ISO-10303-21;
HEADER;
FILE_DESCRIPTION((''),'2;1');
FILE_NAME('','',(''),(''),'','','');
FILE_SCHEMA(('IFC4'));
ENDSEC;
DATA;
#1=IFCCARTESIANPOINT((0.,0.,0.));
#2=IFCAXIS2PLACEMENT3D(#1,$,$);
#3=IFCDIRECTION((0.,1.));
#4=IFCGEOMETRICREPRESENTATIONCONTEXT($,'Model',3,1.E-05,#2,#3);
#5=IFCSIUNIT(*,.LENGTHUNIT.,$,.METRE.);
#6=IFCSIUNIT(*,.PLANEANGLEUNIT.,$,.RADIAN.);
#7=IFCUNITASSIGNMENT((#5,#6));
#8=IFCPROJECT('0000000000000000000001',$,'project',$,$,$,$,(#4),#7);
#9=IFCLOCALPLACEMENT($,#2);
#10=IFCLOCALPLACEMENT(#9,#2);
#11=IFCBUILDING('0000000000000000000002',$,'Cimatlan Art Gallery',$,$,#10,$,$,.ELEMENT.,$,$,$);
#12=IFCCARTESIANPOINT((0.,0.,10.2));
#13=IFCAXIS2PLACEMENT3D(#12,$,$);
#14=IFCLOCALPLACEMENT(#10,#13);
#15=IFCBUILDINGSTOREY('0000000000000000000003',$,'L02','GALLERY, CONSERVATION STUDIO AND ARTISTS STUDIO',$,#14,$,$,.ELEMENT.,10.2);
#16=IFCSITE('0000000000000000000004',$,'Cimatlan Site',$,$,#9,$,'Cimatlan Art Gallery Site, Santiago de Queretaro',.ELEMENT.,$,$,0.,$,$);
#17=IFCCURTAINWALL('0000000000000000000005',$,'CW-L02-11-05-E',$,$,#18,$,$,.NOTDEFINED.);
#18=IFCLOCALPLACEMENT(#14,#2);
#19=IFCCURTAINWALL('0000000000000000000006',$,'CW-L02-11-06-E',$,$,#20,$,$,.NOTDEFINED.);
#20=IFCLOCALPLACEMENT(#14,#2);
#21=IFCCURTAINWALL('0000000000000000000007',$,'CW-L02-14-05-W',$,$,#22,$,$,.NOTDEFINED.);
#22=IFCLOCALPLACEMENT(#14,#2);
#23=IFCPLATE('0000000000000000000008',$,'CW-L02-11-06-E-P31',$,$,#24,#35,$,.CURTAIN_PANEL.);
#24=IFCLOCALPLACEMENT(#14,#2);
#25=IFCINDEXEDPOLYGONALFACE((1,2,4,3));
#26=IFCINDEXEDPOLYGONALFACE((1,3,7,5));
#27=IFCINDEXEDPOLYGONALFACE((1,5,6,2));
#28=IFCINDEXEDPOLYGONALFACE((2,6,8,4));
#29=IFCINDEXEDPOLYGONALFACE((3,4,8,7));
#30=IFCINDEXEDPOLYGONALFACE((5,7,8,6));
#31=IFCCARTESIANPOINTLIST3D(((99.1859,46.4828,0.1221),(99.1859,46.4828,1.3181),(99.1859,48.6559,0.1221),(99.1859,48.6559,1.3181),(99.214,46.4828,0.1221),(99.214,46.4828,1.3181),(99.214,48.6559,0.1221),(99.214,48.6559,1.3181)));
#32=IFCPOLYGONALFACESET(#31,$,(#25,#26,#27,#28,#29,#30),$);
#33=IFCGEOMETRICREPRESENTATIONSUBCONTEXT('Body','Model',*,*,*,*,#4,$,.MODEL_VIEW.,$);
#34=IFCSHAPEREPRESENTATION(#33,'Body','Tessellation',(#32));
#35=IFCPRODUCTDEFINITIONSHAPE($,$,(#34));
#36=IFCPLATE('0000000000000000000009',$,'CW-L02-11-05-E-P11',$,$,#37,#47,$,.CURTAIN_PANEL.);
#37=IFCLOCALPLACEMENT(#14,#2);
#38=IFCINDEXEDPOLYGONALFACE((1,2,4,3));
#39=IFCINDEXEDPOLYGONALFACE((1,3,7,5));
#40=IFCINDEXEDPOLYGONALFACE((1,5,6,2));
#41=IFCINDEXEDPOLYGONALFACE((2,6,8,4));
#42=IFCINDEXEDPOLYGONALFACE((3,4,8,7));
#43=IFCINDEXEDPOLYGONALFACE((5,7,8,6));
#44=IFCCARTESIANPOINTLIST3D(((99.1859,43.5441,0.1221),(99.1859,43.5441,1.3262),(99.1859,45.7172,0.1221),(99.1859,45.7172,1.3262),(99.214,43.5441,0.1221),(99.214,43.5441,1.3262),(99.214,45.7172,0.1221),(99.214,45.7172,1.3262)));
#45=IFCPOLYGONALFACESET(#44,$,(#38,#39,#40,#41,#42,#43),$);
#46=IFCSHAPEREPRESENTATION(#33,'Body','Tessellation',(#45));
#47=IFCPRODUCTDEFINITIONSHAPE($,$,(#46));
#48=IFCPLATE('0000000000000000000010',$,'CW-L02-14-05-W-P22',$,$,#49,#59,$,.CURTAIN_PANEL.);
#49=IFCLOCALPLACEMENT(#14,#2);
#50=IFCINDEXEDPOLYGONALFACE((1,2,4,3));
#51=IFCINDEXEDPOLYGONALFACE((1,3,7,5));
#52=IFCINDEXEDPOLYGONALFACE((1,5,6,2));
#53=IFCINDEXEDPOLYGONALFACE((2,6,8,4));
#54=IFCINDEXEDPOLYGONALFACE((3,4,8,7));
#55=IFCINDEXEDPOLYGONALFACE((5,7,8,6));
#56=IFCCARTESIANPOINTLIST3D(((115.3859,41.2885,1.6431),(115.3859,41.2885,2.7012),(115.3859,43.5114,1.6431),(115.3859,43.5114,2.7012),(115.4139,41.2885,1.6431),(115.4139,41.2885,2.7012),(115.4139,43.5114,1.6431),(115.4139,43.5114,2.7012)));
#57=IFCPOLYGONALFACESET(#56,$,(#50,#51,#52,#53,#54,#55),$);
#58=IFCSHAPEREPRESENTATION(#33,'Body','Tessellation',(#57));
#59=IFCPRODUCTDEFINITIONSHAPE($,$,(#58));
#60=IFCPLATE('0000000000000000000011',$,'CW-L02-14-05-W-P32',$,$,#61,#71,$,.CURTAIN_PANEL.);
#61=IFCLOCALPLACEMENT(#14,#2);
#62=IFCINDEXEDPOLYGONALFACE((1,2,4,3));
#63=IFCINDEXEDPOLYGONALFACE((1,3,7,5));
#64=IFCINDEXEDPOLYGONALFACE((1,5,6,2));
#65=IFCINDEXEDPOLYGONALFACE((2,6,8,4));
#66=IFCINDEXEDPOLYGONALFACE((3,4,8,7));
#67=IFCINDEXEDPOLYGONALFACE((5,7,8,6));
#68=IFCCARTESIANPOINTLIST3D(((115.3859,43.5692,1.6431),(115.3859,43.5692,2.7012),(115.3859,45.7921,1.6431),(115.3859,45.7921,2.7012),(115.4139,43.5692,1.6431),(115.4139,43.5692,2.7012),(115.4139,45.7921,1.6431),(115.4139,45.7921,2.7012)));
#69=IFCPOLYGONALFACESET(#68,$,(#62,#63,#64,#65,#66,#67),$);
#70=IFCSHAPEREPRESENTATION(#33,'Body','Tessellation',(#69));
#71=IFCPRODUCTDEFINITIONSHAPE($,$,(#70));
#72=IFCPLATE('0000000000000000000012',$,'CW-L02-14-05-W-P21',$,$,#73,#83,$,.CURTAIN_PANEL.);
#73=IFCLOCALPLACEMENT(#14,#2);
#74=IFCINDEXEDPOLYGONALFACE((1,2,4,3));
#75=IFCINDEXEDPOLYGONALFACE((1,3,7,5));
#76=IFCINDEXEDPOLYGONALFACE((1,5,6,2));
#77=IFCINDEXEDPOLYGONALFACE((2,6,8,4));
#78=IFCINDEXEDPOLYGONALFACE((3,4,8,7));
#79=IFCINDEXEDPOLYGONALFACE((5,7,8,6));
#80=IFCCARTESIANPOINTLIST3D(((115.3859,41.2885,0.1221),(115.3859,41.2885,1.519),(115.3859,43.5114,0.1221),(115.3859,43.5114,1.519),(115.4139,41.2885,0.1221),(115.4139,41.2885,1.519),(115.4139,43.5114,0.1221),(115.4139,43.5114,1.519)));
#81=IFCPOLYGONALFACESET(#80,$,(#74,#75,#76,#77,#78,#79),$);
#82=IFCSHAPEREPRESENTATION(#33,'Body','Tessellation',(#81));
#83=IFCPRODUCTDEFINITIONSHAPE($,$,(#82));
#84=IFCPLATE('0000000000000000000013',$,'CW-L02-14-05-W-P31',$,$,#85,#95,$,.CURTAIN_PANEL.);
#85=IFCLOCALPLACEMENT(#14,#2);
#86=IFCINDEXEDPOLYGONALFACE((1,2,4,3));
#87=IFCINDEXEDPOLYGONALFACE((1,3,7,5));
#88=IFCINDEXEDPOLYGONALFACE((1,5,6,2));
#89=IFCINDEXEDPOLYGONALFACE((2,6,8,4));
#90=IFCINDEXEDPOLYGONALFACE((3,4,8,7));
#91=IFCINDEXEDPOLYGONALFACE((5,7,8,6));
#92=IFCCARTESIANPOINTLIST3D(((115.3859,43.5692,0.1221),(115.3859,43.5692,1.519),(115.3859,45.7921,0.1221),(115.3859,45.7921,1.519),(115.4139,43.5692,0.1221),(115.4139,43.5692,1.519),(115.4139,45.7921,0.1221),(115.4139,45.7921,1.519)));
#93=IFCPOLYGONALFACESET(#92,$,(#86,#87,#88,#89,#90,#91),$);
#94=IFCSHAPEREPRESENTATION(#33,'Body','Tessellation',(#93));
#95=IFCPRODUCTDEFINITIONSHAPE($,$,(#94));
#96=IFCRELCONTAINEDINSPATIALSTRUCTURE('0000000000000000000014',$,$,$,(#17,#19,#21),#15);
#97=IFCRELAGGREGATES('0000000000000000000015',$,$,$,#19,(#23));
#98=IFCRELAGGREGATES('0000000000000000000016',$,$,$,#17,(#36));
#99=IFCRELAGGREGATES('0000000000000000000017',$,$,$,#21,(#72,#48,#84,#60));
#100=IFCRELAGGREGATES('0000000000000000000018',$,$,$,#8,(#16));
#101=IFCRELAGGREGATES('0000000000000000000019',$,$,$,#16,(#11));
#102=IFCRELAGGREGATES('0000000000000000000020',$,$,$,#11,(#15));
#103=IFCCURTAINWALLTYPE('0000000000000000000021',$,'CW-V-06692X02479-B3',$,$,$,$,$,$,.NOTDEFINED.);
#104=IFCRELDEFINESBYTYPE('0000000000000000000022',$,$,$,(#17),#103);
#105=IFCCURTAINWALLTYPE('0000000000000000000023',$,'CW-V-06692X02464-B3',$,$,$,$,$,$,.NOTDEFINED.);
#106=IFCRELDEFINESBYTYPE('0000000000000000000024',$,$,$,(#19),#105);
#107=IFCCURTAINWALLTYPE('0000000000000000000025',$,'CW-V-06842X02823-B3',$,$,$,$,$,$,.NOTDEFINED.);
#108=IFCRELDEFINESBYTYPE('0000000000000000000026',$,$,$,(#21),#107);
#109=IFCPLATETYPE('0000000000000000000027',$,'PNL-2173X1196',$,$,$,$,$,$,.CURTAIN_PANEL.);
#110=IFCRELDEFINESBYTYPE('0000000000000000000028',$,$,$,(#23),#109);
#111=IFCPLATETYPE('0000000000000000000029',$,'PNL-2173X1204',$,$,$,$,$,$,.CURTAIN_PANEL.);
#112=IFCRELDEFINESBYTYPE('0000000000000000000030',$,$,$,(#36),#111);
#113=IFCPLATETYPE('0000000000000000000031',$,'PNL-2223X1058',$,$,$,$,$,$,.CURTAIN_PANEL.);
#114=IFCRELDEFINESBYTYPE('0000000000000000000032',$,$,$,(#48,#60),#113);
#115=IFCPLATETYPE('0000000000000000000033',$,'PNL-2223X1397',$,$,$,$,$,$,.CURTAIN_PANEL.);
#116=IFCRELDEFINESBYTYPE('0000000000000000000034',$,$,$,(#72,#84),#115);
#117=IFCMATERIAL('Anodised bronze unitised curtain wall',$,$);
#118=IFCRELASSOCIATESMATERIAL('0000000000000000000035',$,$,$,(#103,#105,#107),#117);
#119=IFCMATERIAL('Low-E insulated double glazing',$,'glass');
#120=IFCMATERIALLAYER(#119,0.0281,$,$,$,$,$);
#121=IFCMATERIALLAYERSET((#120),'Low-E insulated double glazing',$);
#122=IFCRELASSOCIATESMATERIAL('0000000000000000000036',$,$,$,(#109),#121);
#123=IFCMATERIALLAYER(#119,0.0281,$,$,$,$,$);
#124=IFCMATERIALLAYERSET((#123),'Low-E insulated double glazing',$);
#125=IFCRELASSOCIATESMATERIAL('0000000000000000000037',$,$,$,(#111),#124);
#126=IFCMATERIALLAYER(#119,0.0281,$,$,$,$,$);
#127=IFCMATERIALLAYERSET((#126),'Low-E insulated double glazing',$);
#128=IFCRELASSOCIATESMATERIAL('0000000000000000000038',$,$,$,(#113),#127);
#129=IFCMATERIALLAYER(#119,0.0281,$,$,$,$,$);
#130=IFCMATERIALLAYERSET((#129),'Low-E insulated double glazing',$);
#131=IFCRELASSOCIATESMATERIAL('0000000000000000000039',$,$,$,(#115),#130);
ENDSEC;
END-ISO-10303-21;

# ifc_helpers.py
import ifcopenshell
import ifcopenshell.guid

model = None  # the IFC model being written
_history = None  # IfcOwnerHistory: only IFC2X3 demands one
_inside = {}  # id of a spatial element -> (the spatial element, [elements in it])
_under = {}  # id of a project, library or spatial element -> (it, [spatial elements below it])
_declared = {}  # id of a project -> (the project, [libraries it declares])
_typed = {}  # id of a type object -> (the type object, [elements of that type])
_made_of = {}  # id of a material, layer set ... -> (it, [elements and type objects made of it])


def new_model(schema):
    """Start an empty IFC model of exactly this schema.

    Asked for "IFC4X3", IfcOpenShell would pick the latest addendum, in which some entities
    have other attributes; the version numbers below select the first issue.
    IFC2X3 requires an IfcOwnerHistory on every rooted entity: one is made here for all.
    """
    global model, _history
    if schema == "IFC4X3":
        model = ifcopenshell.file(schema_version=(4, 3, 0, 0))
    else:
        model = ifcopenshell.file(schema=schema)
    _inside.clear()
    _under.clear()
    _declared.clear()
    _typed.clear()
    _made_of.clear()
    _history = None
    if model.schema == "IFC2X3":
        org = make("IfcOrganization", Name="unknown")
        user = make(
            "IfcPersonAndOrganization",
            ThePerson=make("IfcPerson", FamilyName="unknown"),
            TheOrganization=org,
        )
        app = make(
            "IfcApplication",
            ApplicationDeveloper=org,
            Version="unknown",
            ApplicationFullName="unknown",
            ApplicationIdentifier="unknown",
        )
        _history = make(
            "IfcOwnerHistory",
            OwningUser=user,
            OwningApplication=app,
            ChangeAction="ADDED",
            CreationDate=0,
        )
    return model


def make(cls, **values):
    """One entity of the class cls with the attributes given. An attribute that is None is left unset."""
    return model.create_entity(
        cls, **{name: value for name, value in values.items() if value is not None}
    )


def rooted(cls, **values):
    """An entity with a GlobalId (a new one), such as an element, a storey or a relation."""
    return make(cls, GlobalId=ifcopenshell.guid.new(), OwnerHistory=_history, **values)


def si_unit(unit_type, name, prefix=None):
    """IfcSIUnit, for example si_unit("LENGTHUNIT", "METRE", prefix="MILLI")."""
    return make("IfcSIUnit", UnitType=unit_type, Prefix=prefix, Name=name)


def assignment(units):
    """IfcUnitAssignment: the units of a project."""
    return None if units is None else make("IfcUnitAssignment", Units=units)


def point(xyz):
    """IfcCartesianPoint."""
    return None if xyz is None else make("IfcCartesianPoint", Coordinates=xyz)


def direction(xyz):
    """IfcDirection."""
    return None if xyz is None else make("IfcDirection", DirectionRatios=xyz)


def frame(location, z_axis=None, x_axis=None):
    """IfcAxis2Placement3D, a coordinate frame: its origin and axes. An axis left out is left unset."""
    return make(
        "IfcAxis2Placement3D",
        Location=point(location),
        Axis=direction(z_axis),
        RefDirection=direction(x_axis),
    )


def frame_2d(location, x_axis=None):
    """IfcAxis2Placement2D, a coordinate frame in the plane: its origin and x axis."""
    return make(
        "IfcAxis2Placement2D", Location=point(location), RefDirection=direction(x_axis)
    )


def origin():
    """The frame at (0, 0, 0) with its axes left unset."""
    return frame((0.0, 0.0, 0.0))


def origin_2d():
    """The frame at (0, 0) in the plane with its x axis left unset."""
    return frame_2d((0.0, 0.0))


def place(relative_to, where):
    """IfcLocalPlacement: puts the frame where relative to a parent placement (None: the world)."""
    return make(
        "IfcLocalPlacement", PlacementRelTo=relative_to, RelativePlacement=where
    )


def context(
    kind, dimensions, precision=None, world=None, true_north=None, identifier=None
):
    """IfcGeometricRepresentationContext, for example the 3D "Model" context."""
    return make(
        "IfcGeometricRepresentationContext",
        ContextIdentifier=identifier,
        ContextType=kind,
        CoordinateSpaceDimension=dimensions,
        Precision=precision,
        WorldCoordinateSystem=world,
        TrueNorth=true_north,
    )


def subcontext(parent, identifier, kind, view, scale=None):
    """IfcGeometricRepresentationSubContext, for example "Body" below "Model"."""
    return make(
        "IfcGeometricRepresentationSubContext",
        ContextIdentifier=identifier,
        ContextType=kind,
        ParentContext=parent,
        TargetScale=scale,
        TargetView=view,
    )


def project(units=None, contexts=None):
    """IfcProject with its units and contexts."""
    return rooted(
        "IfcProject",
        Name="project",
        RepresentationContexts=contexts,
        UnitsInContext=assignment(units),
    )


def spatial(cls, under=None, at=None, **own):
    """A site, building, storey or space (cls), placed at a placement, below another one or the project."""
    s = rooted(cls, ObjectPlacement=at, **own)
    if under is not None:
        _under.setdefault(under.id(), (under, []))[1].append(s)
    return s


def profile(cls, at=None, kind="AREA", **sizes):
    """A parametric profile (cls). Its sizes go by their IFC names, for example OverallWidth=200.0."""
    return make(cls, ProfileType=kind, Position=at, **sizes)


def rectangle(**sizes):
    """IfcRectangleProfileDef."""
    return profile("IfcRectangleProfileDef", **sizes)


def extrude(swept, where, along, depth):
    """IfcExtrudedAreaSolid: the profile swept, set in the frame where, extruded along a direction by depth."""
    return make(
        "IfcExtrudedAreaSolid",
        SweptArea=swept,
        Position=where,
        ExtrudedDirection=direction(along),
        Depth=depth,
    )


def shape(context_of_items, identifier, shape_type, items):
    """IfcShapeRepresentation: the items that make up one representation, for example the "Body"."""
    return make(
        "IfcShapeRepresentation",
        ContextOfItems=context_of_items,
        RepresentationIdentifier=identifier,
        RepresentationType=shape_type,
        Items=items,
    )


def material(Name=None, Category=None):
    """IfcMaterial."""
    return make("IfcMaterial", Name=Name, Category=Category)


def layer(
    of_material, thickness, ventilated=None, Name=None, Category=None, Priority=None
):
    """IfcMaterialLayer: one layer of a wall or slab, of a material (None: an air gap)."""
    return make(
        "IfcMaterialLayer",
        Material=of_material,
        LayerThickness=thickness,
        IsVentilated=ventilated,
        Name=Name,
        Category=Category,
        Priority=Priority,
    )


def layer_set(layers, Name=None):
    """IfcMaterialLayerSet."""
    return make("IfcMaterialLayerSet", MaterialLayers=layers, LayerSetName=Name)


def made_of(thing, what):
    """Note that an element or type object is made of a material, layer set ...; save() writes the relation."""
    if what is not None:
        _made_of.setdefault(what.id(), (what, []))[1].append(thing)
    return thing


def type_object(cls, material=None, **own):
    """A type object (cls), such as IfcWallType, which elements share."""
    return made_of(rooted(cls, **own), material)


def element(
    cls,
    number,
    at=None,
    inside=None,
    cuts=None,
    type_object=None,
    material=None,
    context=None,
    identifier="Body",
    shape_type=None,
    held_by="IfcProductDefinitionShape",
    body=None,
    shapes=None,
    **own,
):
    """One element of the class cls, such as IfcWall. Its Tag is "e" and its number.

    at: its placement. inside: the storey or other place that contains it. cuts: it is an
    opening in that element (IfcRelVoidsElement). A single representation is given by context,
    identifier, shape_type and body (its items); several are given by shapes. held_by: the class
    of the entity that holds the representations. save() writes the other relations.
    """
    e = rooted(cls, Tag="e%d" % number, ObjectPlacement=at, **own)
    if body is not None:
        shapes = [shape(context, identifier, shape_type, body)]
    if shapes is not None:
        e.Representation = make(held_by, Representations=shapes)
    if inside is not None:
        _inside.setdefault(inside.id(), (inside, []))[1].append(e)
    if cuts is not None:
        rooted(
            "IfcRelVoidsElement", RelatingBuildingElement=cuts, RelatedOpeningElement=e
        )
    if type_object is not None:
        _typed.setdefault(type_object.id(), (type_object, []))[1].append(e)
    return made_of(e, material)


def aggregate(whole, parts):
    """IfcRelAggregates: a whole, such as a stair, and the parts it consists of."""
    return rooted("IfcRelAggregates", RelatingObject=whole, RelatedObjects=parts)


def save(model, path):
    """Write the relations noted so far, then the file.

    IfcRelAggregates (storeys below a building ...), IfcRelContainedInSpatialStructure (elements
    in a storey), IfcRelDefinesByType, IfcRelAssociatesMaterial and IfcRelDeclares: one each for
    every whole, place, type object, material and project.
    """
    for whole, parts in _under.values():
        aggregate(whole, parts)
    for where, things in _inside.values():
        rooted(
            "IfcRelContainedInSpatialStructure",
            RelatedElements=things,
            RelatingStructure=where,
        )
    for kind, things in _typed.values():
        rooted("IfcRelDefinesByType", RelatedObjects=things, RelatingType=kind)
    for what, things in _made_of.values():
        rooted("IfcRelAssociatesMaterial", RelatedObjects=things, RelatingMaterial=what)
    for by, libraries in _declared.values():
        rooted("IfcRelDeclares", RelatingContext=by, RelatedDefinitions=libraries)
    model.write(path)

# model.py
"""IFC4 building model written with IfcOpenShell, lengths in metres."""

from ifc_helpers import new_model, si_unit, direction, frame, origin, origin_2d, place, context, subcontext, project, spatial, rectangle, extrude, material, layer, layer_set, type_object, element, aggregate, save


model = new_model("IFC4")

# Units and contexts
model_context = context("Model", 3, precision=1e-05, world=origin(), true_north=direction((0.0, 1.0)))
body_context = subcontext(model_context, "Body", "Model", "MODEL_VIEW")
ifc_project = project(units=[si_unit("LENGTHUNIT", "METRE"), si_unit("PLANEANGLEUNIT", "RADIAN")], contexts=[model_context])

# Site, building, storey
site_placement = place(None, origin())
site = spatial("IfcSite", under=ifc_project, at=site_placement, Name="Cimatlan Site", LongName="Cimatlan Art Gallery Site, Santiago de Queretaro", CompositionType="ELEMENT", RefElevation=0.0)
building_placement = place(site_placement, origin())
building = spatial("IfcBuilding", under=site, at=building_placement, Name="Cimatlan Art Gallery", CompositionType="ELEMENT")
storey_placement = place(building_placement, frame((0.0, 0.0, 10.2)))
storey = spatial("IfcBuildingStorey", under=building, at=storey_placement, Name="L02", Description="GALLERY, CONSERVATION STUDIO AND ARTISTS STUDIO", CompositionType="ELEMENT", Elevation=10.2)

# Curtain walls
ifc_material_1 = material(Name="Anodised bronze unitised curtain wall")
curtain_wall_type_1 = type_object("IfcCurtainWallType", Name="CW-V-06692X02479-B3", PredefinedType="NOTDEFINED", material=ifc_material_1)
curtain_wall_1_placement = place(storey_placement, origin())
curtain_wall_1 = element("IfcCurtainWall", 1, at=curtain_wall_1_placement, inside=storey, type_object=curtain_wall_type_1, Name="CW-L02-11-05-E", PredefinedType="NOTDEFINED")
curtain_wall_type_2 = type_object("IfcCurtainWallType", Name="CW-V-06692X02464-B3", PredefinedType="NOTDEFINED", material=ifc_material_1)
curtain_wall_2_placement = place(storey_placement, origin())
curtain_wall_2 = element("IfcCurtainWall", 2, at=curtain_wall_2_placement, inside=storey, type_object=curtain_wall_type_2, Name="CW-L02-11-06-E", PredefinedType="NOTDEFINED")
curtain_wall_type_3 = type_object("IfcCurtainWallType", Name="CW-V-06842X02823-B3", PredefinedType="NOTDEFINED", material=ifc_material_1)
curtain_wall_3_placement = place(storey_placement, origin())
curtain_wall_3 = element("IfcCurtainWall", 3, at=curtain_wall_3_placement, inside=storey, type_object=curtain_wall_type_3, Name="CW-L02-14-05-W", PredefinedType="NOTDEFINED")

# Plates
ifc_material_2 = material(Name="Low-E insulated double glazing", Category="glass")
ifc_layer_1 = layer(ifc_material_2, 0.0281)
ifc_layer_set_1 = layer_set([ifc_layer_1], Name="Low-E insulated double glazing")
plate_type_1 = type_object("IfcPlateType", Name="PNL-2173X1196", PredefinedType="CURTAIN_PANEL", material=ifc_layer_set_1)
plate_1_placement = place(storey_placement, frame((99.2, 47.5693, 0.1221), z_axis=(0.0, 0.0, 1.0), x_axis=(0.0, -1.0, 0.0)))
plate_1 = element("IfcPlate", 4, at=plate_1_placement, type_object=plate_type_1, Name="CW-L02-11-06-E-P31", PredefinedType="CURTAIN_PANEL", context=body_context, shape_type="SweptSolid", body=[
    extrude(rectangle(XDim=2.1731, YDim=0.0281, at=origin_2d()), origin(), (0.0, 0.0, 1.0), 1.196),
])
aggregate(curtain_wall_2, [plate_1])
ifc_layer_2 = layer(ifc_material_2, 0.0281)
ifc_layer_set_2 = layer_set([ifc_layer_2], Name="Low-E insulated double glazing")
plate_type_2 = type_object("IfcPlateType", Name="PNL-2173X1204", PredefinedType="CURTAIN_PANEL", material=ifc_layer_set_2)
plate_2_placement = place(storey_placement, frame((99.2, 44.6306, 0.1221), z_axis=(0.0, 0.0, 1.0), x_axis=(0.0, -1.0, 0.0)))
plate_2 = element("IfcPlate", 5, at=plate_2_placement, type_object=plate_type_2, Name="CW-L02-11-05-E-P11", PredefinedType="CURTAIN_PANEL", context=body_context, shape_type="SweptSolid", body=[
    extrude(rectangle(XDim=2.1731, YDim=0.0281, at=origin_2d()), origin(), (0.0, 0.0, 1.0), 1.2041),
])
aggregate(curtain_wall_1, [plate_2])
ifc_layer_3 = layer(ifc_material_2, 0.0281)
ifc_layer_set_3 = layer_set([ifc_layer_3], Name="Low-E insulated double glazing")
plate_type_3 = type_object("IfcPlateType", Name="PNL-2223X1058", PredefinedType="CURTAIN_PANEL", material=ifc_layer_set_3)
plate_3_placement = place(storey_placement, frame((115.3999, 42.3999, 1.6431), z_axis=(0.0, 0.0, 1.0), x_axis=(0.0, 1.0, 0.0)))
plate_3 = element("IfcPlate", 6, at=plate_3_placement, type_object=plate_type_3, Name="CW-L02-14-05-W-P22", PredefinedType="CURTAIN_PANEL", context=body_context, shape_type="SweptSolid", body=[
    extrude(rectangle(XDim=2.2229, YDim=0.0281, at=origin_2d()), origin(), (0.0, 0.0, 1.0), 1.0581),
])
plate_4_placement = place(storey_placement, frame((115.3999, 44.6807, 1.6431), z_axis=(0.0, 0.0, 1.0), x_axis=(0.0, 1.0, 0.0)))
plate_4 = element("IfcPlate", 7, at=plate_4_placement, type_object=plate_type_3, Name="CW-L02-14-05-W-P32", PredefinedType="CURTAIN_PANEL", context=body_context, shape_type="SweptSolid", body=[
    extrude(rectangle(XDim=2.2229, YDim=0.0281, at=origin_2d()), origin(), (0.0, 0.0, 1.0), 1.0581),
])
ifc_layer_4 = layer(ifc_material_2, 0.0281)
ifc_layer_set_4 = layer_set([ifc_layer_4], Name="Low-E insulated double glazing")
plate_type_4 = type_object("IfcPlateType", Name="PNL-2223X1397", PredefinedType="CURTAIN_PANEL", material=ifc_layer_set_4)
plate_5_placement = place(storey_placement, frame((115.3999, 42.3999, 0.1221), z_axis=(0.0, 0.0, 1.0), x_axis=(0.0, 1.0, 0.0)))
plate_5 = element("IfcPlate", 8, at=plate_5_placement, type_object=plate_type_4, Name="CW-L02-14-05-W-P21", PredefinedType="CURTAIN_PANEL", context=body_context, shape_type="SweptSolid", body=[
    extrude(rectangle(XDim=2.2229, YDim=0.0281, at=origin_2d()), origin(), (0.0, 0.0, 1.0), 1.397),
])
plate_6_placement = place(storey_placement, frame((115.3999, 44.6807, 0.1221), z_axis=(0.0, 0.0, 1.0), x_axis=(0.0, 1.0, 0.0)))
plate_6 = element("IfcPlate", 9, at=plate_6_placement, type_object=plate_type_4, Name="CW-L02-14-05-W-P31", PredefinedType="CURTAIN_PANEL", context=body_context, shape_type="SweptSolid", body=[
    extrude(rectangle(XDim=2.2229, YDim=0.0281, at=origin_2d()), origin(), (0.0, 0.0, 1.0), 1.397),
])
aggregate(curtain_wall_3, [plate_5, plate_3, plate_6, plate_4])

save(model, "model.ifc")
